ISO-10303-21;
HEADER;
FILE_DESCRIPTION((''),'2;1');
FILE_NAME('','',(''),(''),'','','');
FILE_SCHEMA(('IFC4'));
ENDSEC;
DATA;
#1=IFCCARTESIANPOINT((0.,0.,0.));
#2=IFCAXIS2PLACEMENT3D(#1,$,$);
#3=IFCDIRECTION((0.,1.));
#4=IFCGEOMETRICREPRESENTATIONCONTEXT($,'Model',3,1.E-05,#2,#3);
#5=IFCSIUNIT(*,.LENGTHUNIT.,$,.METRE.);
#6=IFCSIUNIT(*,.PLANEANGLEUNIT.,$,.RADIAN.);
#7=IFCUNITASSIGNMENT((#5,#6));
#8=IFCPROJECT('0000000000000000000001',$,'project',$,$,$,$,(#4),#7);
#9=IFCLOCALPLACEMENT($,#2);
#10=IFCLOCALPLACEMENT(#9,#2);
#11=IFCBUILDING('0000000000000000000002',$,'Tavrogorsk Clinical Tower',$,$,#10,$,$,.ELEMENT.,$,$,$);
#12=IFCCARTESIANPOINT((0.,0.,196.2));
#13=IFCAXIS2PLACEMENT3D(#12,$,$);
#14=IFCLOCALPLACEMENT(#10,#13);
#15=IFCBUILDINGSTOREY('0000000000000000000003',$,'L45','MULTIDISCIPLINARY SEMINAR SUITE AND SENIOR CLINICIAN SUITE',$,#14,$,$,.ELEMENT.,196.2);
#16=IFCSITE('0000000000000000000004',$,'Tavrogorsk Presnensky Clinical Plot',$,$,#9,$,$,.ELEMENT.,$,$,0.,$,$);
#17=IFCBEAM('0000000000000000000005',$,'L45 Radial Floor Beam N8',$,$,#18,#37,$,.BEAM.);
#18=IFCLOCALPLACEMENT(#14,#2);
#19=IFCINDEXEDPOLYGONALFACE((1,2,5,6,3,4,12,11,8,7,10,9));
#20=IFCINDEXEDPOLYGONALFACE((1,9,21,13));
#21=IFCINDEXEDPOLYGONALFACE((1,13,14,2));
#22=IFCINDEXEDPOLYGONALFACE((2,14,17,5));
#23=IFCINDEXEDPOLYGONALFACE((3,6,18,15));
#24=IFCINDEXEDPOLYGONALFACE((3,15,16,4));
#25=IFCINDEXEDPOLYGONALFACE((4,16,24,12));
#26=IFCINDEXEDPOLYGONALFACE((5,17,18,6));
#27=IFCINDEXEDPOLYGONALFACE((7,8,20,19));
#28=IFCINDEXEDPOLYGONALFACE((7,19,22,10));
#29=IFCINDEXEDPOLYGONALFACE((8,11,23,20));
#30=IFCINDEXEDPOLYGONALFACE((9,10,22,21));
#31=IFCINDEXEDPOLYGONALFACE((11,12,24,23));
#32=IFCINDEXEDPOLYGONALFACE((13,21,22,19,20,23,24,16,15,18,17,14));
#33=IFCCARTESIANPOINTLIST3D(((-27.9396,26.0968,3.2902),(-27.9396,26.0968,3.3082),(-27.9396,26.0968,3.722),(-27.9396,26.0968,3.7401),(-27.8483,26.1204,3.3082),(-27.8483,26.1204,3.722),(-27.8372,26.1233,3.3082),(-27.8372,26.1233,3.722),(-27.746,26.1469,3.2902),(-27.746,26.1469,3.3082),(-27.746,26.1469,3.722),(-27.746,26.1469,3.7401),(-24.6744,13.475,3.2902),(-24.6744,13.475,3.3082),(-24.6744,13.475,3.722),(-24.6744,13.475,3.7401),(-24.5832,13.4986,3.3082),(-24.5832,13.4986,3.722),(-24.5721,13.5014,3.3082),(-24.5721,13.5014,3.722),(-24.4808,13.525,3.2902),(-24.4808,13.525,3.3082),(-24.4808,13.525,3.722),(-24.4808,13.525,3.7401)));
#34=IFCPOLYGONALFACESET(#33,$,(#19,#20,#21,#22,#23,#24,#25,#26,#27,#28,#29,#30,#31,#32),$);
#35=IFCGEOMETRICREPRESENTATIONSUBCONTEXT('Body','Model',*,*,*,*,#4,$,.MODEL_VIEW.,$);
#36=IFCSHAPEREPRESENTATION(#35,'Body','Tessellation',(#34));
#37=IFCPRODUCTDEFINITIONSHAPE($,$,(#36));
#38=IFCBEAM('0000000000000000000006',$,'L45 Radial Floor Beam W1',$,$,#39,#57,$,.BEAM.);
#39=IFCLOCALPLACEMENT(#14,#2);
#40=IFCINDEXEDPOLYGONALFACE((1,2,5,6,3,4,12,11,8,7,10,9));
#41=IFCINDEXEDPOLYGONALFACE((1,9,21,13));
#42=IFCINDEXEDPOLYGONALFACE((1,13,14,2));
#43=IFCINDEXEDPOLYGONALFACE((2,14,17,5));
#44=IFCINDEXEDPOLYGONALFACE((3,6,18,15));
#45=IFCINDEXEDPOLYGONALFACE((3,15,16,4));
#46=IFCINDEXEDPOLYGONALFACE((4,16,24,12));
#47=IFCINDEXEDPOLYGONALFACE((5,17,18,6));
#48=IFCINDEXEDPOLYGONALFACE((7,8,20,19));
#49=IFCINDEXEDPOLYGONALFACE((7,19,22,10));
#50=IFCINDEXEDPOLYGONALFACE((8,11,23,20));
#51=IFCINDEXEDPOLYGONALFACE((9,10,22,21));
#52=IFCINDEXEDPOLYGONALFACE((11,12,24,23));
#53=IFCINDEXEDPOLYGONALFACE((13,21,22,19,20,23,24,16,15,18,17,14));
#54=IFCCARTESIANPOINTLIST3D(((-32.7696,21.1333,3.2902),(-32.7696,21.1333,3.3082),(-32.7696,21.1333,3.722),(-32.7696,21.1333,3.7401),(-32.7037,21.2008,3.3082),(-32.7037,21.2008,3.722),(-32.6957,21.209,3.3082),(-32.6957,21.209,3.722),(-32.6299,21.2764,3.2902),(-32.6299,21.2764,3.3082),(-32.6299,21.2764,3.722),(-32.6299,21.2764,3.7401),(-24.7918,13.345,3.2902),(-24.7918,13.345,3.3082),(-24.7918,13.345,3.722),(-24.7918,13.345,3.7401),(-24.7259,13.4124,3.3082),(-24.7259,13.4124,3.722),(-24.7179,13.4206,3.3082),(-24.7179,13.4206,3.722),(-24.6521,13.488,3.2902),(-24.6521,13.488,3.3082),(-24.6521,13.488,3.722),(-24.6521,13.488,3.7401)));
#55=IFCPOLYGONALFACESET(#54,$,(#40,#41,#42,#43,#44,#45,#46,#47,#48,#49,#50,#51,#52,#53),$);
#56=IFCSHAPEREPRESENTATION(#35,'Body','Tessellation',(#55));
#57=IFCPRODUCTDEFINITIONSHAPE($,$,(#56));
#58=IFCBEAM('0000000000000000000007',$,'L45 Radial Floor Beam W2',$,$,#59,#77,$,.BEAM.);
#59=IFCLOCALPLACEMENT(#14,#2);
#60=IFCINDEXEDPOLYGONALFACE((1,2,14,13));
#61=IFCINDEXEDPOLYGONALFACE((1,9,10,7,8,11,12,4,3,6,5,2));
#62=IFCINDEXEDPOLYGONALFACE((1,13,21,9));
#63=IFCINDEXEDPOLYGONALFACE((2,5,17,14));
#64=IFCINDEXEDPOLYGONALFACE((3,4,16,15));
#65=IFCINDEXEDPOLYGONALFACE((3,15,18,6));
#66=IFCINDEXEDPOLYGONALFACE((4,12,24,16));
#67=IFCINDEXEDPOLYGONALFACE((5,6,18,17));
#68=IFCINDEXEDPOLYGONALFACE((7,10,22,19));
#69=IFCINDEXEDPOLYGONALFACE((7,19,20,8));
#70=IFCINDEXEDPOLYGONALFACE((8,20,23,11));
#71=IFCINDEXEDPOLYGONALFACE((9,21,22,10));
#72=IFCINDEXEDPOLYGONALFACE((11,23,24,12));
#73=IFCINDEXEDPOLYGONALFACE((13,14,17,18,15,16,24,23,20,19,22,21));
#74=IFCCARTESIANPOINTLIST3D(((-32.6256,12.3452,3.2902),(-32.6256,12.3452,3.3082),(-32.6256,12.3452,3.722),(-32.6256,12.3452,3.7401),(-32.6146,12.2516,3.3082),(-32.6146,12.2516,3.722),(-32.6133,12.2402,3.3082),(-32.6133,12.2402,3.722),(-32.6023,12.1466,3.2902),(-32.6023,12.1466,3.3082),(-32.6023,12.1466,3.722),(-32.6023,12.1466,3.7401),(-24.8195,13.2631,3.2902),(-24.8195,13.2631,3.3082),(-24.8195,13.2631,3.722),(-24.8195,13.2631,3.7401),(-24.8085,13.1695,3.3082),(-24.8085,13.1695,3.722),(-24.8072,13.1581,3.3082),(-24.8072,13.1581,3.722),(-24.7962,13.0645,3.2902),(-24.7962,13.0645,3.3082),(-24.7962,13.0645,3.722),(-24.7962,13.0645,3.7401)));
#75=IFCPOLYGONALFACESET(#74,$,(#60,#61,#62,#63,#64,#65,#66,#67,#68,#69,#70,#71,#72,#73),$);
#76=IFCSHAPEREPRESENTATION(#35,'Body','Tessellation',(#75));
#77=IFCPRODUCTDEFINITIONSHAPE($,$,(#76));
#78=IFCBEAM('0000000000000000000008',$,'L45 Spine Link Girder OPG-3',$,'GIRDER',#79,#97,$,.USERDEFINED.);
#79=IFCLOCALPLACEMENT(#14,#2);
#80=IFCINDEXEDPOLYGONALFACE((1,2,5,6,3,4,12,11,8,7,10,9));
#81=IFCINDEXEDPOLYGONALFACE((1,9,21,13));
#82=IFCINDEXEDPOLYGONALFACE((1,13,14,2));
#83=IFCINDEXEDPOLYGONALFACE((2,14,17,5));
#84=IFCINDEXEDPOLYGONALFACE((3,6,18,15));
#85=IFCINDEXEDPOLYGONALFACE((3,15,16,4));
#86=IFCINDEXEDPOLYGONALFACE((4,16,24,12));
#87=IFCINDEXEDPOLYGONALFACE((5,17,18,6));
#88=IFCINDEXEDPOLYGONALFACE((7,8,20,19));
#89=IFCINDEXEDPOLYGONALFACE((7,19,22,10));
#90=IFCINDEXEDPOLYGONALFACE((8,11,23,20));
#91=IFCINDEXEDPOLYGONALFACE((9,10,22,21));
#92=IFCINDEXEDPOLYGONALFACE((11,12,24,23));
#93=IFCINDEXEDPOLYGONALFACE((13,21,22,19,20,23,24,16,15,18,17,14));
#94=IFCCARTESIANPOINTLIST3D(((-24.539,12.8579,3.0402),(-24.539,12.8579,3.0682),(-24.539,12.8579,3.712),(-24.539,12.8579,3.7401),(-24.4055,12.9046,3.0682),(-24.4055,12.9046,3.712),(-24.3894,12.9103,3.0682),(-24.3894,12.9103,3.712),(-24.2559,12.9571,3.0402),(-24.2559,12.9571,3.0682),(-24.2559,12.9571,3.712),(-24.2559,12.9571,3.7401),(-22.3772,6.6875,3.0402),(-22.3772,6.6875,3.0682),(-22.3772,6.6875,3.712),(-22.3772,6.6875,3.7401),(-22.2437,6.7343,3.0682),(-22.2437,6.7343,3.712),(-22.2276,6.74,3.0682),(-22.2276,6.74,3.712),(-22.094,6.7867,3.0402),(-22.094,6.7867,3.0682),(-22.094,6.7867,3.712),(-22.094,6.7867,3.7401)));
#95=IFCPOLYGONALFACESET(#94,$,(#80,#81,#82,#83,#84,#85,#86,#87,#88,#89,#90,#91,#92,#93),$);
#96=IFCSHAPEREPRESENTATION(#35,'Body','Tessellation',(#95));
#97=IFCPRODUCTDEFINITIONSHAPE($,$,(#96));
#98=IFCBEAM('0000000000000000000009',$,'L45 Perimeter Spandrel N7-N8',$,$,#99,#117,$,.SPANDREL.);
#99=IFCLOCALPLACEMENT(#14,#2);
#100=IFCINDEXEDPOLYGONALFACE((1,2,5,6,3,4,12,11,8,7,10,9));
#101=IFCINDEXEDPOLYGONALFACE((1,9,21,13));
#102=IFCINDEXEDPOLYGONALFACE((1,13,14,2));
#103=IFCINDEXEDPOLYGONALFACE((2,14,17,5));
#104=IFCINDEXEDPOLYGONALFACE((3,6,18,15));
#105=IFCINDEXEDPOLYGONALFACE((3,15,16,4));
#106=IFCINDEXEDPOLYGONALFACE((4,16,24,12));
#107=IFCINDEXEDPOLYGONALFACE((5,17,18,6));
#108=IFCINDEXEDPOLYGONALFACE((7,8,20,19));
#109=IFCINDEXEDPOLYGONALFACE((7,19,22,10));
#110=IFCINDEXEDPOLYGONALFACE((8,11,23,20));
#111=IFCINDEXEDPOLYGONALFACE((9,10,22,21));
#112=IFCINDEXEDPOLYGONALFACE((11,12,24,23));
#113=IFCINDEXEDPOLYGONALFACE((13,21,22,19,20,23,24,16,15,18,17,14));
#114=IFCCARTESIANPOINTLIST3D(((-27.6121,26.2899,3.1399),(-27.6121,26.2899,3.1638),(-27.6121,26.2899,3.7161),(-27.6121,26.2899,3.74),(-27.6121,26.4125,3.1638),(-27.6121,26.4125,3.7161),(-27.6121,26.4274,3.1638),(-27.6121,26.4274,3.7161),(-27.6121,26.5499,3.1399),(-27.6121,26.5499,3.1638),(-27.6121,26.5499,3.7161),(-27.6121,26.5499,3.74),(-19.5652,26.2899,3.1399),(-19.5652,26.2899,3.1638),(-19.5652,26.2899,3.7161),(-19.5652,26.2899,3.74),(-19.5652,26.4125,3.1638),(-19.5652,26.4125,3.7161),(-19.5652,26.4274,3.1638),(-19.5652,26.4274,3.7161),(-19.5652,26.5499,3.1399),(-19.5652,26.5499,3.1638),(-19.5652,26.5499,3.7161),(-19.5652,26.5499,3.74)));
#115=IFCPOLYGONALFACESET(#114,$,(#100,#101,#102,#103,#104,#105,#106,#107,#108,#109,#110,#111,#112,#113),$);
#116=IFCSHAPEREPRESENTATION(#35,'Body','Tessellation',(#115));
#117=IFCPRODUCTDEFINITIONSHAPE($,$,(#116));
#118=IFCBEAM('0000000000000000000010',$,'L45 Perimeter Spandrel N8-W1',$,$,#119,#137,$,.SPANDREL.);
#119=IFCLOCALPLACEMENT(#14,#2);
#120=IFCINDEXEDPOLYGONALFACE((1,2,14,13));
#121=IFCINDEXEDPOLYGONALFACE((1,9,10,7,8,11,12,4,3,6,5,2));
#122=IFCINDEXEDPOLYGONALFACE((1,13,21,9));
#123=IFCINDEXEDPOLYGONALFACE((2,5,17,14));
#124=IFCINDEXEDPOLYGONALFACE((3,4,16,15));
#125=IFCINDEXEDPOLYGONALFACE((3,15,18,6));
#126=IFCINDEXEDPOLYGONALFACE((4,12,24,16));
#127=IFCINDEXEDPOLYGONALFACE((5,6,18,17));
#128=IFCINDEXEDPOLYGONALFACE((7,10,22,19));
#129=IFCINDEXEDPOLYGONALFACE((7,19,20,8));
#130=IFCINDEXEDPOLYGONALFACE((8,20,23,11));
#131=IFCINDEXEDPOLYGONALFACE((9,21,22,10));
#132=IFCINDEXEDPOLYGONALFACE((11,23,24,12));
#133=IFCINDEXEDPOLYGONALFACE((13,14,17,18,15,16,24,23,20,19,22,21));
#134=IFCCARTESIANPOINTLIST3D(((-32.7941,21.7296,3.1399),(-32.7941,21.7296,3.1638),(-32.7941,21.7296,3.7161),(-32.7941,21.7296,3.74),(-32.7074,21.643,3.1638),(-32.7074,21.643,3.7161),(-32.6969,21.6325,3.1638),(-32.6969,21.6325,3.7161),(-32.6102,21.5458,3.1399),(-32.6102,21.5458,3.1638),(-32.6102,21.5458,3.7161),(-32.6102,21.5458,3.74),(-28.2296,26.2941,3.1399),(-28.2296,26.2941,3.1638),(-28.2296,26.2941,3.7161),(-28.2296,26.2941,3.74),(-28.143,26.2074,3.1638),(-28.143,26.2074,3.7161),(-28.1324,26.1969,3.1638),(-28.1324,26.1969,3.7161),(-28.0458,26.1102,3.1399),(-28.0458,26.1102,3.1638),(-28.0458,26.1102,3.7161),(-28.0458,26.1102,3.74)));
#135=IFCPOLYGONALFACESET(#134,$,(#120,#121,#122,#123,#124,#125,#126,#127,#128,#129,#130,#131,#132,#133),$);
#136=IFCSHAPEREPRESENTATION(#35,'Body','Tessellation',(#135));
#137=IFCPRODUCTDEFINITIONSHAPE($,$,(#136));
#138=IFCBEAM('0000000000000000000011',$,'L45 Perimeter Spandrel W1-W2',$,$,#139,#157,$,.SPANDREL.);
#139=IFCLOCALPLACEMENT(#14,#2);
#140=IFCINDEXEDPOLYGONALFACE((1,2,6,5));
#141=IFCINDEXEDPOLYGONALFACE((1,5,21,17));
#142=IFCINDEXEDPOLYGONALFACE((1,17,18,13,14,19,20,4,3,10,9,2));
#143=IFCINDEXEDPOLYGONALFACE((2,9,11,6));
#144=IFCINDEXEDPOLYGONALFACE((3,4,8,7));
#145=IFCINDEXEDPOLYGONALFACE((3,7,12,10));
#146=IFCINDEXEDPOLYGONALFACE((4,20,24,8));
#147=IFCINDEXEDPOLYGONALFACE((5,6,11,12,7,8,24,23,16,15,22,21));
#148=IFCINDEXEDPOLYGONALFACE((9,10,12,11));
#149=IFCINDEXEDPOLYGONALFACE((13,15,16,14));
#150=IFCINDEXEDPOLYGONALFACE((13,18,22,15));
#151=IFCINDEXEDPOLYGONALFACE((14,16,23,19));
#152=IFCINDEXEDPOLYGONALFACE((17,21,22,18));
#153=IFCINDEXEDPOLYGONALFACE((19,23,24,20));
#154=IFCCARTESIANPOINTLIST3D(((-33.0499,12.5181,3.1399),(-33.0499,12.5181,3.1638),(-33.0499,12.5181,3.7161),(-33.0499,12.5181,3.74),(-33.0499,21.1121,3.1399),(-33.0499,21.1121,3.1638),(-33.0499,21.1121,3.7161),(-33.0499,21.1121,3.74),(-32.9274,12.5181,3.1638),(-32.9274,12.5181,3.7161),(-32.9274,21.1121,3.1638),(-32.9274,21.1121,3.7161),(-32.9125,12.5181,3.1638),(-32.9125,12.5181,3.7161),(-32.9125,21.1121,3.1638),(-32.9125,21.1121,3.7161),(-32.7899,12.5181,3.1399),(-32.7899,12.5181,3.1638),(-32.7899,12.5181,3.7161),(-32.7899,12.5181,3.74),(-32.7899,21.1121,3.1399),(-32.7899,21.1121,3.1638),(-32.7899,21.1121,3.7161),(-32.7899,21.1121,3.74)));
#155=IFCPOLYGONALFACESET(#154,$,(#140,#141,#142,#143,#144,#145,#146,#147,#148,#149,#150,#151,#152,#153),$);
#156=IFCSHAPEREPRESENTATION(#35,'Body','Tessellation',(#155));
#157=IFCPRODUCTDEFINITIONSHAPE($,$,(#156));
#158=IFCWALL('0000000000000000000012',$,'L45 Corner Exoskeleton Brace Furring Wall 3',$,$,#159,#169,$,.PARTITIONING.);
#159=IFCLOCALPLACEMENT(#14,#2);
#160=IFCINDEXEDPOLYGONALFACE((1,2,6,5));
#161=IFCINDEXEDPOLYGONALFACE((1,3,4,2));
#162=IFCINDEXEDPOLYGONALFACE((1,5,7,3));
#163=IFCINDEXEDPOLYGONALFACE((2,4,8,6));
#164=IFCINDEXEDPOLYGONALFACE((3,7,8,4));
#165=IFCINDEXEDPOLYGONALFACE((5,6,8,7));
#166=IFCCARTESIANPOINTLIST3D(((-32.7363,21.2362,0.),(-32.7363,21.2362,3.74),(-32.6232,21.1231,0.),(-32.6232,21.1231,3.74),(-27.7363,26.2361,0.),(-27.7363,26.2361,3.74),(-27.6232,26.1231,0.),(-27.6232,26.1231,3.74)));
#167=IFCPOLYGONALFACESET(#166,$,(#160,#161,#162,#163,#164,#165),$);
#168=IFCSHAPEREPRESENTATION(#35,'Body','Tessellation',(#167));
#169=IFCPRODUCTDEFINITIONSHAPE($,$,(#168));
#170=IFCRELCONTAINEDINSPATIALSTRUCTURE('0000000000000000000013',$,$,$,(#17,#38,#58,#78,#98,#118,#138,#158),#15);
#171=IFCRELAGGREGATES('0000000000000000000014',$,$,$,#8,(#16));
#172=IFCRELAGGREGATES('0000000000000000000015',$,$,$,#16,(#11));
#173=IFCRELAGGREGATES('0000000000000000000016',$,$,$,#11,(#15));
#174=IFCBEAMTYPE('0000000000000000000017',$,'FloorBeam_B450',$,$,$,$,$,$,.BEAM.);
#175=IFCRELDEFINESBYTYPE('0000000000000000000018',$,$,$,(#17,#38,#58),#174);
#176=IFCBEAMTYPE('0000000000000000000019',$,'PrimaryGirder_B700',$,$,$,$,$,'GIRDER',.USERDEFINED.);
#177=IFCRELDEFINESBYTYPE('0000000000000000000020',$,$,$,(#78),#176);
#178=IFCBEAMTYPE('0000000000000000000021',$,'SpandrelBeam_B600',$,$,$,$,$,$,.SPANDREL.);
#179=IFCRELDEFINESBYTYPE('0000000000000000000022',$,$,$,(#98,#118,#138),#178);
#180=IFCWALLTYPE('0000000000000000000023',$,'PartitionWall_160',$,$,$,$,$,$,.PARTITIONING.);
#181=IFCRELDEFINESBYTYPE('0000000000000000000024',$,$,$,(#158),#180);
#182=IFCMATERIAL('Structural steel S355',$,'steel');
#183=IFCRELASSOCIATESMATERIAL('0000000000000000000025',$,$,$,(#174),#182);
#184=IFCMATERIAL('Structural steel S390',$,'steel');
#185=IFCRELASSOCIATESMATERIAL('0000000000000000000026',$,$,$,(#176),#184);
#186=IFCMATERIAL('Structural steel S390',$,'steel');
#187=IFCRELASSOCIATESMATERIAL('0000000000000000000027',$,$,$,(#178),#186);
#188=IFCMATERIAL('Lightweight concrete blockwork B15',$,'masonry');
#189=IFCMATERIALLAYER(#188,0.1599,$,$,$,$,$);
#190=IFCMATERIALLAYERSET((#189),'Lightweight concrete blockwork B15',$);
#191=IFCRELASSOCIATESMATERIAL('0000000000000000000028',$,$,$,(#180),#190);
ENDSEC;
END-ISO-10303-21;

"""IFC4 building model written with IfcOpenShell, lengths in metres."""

from ifc_helpers import new_model, si_unit, direction, frame, frame_2d, origin, origin_2d, place, context, subcontext, project, spatial, rectangle, i_section, extrude, material, layer, layer_set, material_profile, profile_set, type_object, element, save


model = new_model("IFC4")

# Units and contexts
model_context = context("Model", 3, precision=1e-05, world=origin(), true_north=direction((0.0, 1.0)))
body_context = subcontext(model_context, "Body", "Model", "MODEL_VIEW")
ifc_project = project(units=[si_unit("LENGTHUNIT", "METRE"), si_unit("PLANEANGLEUNIT", "RADIAN")], contexts=[model_context])

# Site, building, storey
site_placement = place(None, origin())
site = spatial("IfcSite", under=ifc_project, at=site_placement, Name="Tavrogorsk Presnensky Clinical Plot", CompositionType="ELEMENT", RefElevation=0.0)
building_placement = place(site_placement, origin())
building = spatial("IfcBuilding", under=site, at=building_placement, Name="Tavrogorsk Clinical Tower", CompositionType="ELEMENT")
storey_placement = place(building_placement, frame((0.0, 0.0, 196.2)))
storey = spatial("IfcBuildingStorey", under=building, at=storey_placement, Name="L45", Description="MULTIDISCIPLINARY SEMINAR SUITE AND SENIOR CLINICIAN SUITE", CompositionType="ELEMENT", Elevation=196.2)

# Beams
ifc_material_1 = material(Name="Structural steel S355", Category="steel")
ifc_material_profile_1 = material_profile(ifc_material_1, i_section(OverallWidth=0.2, OverallDepth=0.45, WebThickness=0.0115, FlangeThickness=0.0181, at=origin_2d()), Name="B-450x200x11.5x18")
ifc_profile_set_1 = profile_set([ifc_material_profile_1], Name="Structural steel S355")
beam_type_1 = type_object("IfcBeamType", Name="FloorBeam_B450", PredefinedType="BEAM", material=ifc_profile_set_1)
beam_1_placement = place(storey_placement, frame((-24.5776, 13.5, 3.5151), z_axis=(-0.250445, 0.968131, 0.0), x_axis=(-0.968131, -0.250445, 0.0)))
element("IfcBeam", 1, at=beam_1_placement, inside=storey, type_object=beam_type_1, Name="L45 Radial Floor Beam N8", PredefinedType="BEAM", context=body_context, shape_type="SweptSolid", body=[
    extrude(i_section(OverallWidth=0.2, OverallDepth=0.45, WebThickness=0.0115, FlangeThickness=0.0181, at=origin_2d()), origin(), (0.0, 0.0, 1.0), 13.0374),
])
beam_2_placement = place(storey_placement, frame((-24.7219, 13.4165, 3.5151), z_axis=(-0.715552, 0.698559, 0.0), x_axis=(-0.698559, -0.715552, 0.0)))
element("IfcBeam", 2, at=beam_2_placement, inside=storey, type_object=beam_type_1, Name="L45 Radial Floor Beam W1", PredefinedType="BEAM", context=body_context, shape_type="SweptSolid", body=[
    extrude(i_section(OverallWidth=0.2, OverallDepth=0.45, WebThickness=0.0115, FlangeThickness=0.0181, at=origin_2d()), origin(), (0.0, 0.0, 1.0), 11.1492),
])
beam_3_placement = place(storey_placement, frame((-24.8079, 13.1638, 3.5151), z_axis=(-0.993157, -0.116791, 0.0), x_axis=(0.116791, -0.993157, 0.0)))
element("IfcBeam", 3, at=beam_3_placement, inside=storey, type_object=beam_type_1, Name="L45 Radial Floor Beam W2", PredefinedType="BEAM", context=body_context, shape_type="SweptSolid", body=[
    extrude(i_section(OverallWidth=0.2, OverallDepth=0.45, WebThickness=0.0115, FlangeThickness=0.0181, at=origin_2d()), origin(), (0.0, 0.0, 1.0), 7.8599),
])
ifc_material_2 = material(Name="Structural steel S390", Category="steel")
ifc_material_profile_2 = material_profile(ifc_material_2, i_section(OverallWidth=0.3, OverallDepth=0.7, WebThickness=0.0171, FlangeThickness=0.0281, at=origin_2d()), Name="B-700x300x17x28")
ifc_profile_set_2 = profile_set([ifc_material_profile_2], Name="Structural steel S390")
beam_type_2 = type_object("IfcBeamType", Name="PrimaryGirder_B700", ElementType="GIRDER", PredefinedType="USERDEFINED", material=ifc_profile_set_2)
beam_4_placement = place(storey_placement, frame((-24.3975, 12.9075, 3.3901), z_axis=(0.330653, -0.943752, 0.0), x_axis=(0.943752, 0.330653, 0.0)))
element("IfcBeam", 4, at=beam_4_placement, inside=storey, type_object=beam_type_2, Name="L45 Spine Link Girder OPG-3", ObjectType="GIRDER", PredefinedType="USERDEFINED", context=body_context, shape_type="SweptSolid", body=[
    extrude(i_section(OverallWidth=0.3, OverallDepth=0.7, WebThickness=0.0171, FlangeThickness=0.0281, at=origin_2d()), origin(), (0.0, 0.0, 1.0), 6.5381),
])
ifc_material_3 = material(Name="Structural steel S390", Category="steel")
ifc_material_profile_3 = material_profile(ifc_material_3, i_section(OverallWidth=0.26, OverallDepth=0.6001, WebThickness=0.0149, FlangeThickness=0.0239, at=origin_2d()), Name="B-600x260x15x24")
ifc_profile_set_3 = profile_set([ifc_material_profile_3], Name="Structural steel S390")
beam_type_3 = type_object("IfcBeamType", Name="SpandrelBeam_B600", PredefinedType="SPANDREL", material=ifc_profile_set_3)
beam_5_placement = place(storey_placement, frame((-19.5652, 26.4199, 3.4399), z_axis=(-1.0, 0.0, 0.0), x_axis=(0.0, -1.0, 0.0)))
element("IfcBeam", 5, at=beam_5_placement, inside=storey, type_object=beam_type_3, Name="L45 Perimeter Spandrel N7-N8", PredefinedType="SPANDREL", context=body_context, shape_type="SweptSolid", body=[
    extrude(i_section(OverallWidth=0.26, OverallDepth=0.6001, WebThickness=0.0149, FlangeThickness=0.0239, at=origin_2d()), origin(), (0.0, 0.0, 1.0), 8.0469),
])
beam_6_placement = place(storey_placement, frame((-28.1377, 26.2021, 3.4399), z_axis=(-0.707107, -0.707107, 0.0), x_axis=(0.707107, -0.707107, 0.0)))
element("IfcBeam", 6, at=beam_6_placement, inside=storey, type_object=beam_type_3, Name="L45 Perimeter Spandrel N8-W1", PredefinedType="SPANDREL", context=body_context, shape_type="SweptSolid", body=[
    extrude(i_section(OverallWidth=0.26, OverallDepth=0.6001, WebThickness=0.0149, FlangeThickness=0.0239, at=origin_2d()), origin(), (0.0, 0.0, 1.0), 6.4551),
])
beam_7_placement = place(storey_placement, frame((-32.9199, 21.1121, 3.4399), z_axis=(0.0, -1.0, 0.0), x_axis=(1.0, 0.0, 0.0)))
element("IfcBeam", 7, at=beam_7_placement, inside=storey, type_object=beam_type_3, Name="L45 Perimeter Spandrel W1-W2", PredefinedType="SPANDREL", context=body_context, shape_type="SweptSolid", body=[
    extrude(i_section(OverallWidth=0.26, OverallDepth=0.6001, WebThickness=0.0149, FlangeThickness=0.0239, at=origin_2d()), origin(), (0.0, 0.0, 1.0), 8.594),
])

# Wall
ifc_material_4 = material(Name="Lightweight concrete blockwork B15", Category="masonry")
ifc_layer_1 = layer(ifc_material_4, 0.1599)
ifc_layer_set_1 = layer_set([ifc_layer_1], Name="Lightweight concrete blockwork B15")
wall_type_1 = type_object("IfcWallType", Name="PartitionWall_160", PredefinedType="PARTITIONING", material=ifc_layer_set_1)
wall_1_placement = place(storey_placement, frame((-27.6797, 26.1797, 0.0), z_axis=(0.0, 0.0, 1.0), x_axis=(-0.707107, -0.707107, 0.0)))
element("IfcWall", 8, at=wall_1_placement, inside=storey, type_object=wall_type_1, Name="L45 Corner Exoskeleton Brace Furring Wall 3", PredefinedType="PARTITIONING", context=body_context, shape_type="SweptSolid", body=[
    extrude(rectangle(XDim=7.071, YDim=0.1599, at=frame_2d((3.5356, 0.0))), origin(), (0.0, 0.0, 1.0), 3.74),
])

save(model, "model.ifc")
